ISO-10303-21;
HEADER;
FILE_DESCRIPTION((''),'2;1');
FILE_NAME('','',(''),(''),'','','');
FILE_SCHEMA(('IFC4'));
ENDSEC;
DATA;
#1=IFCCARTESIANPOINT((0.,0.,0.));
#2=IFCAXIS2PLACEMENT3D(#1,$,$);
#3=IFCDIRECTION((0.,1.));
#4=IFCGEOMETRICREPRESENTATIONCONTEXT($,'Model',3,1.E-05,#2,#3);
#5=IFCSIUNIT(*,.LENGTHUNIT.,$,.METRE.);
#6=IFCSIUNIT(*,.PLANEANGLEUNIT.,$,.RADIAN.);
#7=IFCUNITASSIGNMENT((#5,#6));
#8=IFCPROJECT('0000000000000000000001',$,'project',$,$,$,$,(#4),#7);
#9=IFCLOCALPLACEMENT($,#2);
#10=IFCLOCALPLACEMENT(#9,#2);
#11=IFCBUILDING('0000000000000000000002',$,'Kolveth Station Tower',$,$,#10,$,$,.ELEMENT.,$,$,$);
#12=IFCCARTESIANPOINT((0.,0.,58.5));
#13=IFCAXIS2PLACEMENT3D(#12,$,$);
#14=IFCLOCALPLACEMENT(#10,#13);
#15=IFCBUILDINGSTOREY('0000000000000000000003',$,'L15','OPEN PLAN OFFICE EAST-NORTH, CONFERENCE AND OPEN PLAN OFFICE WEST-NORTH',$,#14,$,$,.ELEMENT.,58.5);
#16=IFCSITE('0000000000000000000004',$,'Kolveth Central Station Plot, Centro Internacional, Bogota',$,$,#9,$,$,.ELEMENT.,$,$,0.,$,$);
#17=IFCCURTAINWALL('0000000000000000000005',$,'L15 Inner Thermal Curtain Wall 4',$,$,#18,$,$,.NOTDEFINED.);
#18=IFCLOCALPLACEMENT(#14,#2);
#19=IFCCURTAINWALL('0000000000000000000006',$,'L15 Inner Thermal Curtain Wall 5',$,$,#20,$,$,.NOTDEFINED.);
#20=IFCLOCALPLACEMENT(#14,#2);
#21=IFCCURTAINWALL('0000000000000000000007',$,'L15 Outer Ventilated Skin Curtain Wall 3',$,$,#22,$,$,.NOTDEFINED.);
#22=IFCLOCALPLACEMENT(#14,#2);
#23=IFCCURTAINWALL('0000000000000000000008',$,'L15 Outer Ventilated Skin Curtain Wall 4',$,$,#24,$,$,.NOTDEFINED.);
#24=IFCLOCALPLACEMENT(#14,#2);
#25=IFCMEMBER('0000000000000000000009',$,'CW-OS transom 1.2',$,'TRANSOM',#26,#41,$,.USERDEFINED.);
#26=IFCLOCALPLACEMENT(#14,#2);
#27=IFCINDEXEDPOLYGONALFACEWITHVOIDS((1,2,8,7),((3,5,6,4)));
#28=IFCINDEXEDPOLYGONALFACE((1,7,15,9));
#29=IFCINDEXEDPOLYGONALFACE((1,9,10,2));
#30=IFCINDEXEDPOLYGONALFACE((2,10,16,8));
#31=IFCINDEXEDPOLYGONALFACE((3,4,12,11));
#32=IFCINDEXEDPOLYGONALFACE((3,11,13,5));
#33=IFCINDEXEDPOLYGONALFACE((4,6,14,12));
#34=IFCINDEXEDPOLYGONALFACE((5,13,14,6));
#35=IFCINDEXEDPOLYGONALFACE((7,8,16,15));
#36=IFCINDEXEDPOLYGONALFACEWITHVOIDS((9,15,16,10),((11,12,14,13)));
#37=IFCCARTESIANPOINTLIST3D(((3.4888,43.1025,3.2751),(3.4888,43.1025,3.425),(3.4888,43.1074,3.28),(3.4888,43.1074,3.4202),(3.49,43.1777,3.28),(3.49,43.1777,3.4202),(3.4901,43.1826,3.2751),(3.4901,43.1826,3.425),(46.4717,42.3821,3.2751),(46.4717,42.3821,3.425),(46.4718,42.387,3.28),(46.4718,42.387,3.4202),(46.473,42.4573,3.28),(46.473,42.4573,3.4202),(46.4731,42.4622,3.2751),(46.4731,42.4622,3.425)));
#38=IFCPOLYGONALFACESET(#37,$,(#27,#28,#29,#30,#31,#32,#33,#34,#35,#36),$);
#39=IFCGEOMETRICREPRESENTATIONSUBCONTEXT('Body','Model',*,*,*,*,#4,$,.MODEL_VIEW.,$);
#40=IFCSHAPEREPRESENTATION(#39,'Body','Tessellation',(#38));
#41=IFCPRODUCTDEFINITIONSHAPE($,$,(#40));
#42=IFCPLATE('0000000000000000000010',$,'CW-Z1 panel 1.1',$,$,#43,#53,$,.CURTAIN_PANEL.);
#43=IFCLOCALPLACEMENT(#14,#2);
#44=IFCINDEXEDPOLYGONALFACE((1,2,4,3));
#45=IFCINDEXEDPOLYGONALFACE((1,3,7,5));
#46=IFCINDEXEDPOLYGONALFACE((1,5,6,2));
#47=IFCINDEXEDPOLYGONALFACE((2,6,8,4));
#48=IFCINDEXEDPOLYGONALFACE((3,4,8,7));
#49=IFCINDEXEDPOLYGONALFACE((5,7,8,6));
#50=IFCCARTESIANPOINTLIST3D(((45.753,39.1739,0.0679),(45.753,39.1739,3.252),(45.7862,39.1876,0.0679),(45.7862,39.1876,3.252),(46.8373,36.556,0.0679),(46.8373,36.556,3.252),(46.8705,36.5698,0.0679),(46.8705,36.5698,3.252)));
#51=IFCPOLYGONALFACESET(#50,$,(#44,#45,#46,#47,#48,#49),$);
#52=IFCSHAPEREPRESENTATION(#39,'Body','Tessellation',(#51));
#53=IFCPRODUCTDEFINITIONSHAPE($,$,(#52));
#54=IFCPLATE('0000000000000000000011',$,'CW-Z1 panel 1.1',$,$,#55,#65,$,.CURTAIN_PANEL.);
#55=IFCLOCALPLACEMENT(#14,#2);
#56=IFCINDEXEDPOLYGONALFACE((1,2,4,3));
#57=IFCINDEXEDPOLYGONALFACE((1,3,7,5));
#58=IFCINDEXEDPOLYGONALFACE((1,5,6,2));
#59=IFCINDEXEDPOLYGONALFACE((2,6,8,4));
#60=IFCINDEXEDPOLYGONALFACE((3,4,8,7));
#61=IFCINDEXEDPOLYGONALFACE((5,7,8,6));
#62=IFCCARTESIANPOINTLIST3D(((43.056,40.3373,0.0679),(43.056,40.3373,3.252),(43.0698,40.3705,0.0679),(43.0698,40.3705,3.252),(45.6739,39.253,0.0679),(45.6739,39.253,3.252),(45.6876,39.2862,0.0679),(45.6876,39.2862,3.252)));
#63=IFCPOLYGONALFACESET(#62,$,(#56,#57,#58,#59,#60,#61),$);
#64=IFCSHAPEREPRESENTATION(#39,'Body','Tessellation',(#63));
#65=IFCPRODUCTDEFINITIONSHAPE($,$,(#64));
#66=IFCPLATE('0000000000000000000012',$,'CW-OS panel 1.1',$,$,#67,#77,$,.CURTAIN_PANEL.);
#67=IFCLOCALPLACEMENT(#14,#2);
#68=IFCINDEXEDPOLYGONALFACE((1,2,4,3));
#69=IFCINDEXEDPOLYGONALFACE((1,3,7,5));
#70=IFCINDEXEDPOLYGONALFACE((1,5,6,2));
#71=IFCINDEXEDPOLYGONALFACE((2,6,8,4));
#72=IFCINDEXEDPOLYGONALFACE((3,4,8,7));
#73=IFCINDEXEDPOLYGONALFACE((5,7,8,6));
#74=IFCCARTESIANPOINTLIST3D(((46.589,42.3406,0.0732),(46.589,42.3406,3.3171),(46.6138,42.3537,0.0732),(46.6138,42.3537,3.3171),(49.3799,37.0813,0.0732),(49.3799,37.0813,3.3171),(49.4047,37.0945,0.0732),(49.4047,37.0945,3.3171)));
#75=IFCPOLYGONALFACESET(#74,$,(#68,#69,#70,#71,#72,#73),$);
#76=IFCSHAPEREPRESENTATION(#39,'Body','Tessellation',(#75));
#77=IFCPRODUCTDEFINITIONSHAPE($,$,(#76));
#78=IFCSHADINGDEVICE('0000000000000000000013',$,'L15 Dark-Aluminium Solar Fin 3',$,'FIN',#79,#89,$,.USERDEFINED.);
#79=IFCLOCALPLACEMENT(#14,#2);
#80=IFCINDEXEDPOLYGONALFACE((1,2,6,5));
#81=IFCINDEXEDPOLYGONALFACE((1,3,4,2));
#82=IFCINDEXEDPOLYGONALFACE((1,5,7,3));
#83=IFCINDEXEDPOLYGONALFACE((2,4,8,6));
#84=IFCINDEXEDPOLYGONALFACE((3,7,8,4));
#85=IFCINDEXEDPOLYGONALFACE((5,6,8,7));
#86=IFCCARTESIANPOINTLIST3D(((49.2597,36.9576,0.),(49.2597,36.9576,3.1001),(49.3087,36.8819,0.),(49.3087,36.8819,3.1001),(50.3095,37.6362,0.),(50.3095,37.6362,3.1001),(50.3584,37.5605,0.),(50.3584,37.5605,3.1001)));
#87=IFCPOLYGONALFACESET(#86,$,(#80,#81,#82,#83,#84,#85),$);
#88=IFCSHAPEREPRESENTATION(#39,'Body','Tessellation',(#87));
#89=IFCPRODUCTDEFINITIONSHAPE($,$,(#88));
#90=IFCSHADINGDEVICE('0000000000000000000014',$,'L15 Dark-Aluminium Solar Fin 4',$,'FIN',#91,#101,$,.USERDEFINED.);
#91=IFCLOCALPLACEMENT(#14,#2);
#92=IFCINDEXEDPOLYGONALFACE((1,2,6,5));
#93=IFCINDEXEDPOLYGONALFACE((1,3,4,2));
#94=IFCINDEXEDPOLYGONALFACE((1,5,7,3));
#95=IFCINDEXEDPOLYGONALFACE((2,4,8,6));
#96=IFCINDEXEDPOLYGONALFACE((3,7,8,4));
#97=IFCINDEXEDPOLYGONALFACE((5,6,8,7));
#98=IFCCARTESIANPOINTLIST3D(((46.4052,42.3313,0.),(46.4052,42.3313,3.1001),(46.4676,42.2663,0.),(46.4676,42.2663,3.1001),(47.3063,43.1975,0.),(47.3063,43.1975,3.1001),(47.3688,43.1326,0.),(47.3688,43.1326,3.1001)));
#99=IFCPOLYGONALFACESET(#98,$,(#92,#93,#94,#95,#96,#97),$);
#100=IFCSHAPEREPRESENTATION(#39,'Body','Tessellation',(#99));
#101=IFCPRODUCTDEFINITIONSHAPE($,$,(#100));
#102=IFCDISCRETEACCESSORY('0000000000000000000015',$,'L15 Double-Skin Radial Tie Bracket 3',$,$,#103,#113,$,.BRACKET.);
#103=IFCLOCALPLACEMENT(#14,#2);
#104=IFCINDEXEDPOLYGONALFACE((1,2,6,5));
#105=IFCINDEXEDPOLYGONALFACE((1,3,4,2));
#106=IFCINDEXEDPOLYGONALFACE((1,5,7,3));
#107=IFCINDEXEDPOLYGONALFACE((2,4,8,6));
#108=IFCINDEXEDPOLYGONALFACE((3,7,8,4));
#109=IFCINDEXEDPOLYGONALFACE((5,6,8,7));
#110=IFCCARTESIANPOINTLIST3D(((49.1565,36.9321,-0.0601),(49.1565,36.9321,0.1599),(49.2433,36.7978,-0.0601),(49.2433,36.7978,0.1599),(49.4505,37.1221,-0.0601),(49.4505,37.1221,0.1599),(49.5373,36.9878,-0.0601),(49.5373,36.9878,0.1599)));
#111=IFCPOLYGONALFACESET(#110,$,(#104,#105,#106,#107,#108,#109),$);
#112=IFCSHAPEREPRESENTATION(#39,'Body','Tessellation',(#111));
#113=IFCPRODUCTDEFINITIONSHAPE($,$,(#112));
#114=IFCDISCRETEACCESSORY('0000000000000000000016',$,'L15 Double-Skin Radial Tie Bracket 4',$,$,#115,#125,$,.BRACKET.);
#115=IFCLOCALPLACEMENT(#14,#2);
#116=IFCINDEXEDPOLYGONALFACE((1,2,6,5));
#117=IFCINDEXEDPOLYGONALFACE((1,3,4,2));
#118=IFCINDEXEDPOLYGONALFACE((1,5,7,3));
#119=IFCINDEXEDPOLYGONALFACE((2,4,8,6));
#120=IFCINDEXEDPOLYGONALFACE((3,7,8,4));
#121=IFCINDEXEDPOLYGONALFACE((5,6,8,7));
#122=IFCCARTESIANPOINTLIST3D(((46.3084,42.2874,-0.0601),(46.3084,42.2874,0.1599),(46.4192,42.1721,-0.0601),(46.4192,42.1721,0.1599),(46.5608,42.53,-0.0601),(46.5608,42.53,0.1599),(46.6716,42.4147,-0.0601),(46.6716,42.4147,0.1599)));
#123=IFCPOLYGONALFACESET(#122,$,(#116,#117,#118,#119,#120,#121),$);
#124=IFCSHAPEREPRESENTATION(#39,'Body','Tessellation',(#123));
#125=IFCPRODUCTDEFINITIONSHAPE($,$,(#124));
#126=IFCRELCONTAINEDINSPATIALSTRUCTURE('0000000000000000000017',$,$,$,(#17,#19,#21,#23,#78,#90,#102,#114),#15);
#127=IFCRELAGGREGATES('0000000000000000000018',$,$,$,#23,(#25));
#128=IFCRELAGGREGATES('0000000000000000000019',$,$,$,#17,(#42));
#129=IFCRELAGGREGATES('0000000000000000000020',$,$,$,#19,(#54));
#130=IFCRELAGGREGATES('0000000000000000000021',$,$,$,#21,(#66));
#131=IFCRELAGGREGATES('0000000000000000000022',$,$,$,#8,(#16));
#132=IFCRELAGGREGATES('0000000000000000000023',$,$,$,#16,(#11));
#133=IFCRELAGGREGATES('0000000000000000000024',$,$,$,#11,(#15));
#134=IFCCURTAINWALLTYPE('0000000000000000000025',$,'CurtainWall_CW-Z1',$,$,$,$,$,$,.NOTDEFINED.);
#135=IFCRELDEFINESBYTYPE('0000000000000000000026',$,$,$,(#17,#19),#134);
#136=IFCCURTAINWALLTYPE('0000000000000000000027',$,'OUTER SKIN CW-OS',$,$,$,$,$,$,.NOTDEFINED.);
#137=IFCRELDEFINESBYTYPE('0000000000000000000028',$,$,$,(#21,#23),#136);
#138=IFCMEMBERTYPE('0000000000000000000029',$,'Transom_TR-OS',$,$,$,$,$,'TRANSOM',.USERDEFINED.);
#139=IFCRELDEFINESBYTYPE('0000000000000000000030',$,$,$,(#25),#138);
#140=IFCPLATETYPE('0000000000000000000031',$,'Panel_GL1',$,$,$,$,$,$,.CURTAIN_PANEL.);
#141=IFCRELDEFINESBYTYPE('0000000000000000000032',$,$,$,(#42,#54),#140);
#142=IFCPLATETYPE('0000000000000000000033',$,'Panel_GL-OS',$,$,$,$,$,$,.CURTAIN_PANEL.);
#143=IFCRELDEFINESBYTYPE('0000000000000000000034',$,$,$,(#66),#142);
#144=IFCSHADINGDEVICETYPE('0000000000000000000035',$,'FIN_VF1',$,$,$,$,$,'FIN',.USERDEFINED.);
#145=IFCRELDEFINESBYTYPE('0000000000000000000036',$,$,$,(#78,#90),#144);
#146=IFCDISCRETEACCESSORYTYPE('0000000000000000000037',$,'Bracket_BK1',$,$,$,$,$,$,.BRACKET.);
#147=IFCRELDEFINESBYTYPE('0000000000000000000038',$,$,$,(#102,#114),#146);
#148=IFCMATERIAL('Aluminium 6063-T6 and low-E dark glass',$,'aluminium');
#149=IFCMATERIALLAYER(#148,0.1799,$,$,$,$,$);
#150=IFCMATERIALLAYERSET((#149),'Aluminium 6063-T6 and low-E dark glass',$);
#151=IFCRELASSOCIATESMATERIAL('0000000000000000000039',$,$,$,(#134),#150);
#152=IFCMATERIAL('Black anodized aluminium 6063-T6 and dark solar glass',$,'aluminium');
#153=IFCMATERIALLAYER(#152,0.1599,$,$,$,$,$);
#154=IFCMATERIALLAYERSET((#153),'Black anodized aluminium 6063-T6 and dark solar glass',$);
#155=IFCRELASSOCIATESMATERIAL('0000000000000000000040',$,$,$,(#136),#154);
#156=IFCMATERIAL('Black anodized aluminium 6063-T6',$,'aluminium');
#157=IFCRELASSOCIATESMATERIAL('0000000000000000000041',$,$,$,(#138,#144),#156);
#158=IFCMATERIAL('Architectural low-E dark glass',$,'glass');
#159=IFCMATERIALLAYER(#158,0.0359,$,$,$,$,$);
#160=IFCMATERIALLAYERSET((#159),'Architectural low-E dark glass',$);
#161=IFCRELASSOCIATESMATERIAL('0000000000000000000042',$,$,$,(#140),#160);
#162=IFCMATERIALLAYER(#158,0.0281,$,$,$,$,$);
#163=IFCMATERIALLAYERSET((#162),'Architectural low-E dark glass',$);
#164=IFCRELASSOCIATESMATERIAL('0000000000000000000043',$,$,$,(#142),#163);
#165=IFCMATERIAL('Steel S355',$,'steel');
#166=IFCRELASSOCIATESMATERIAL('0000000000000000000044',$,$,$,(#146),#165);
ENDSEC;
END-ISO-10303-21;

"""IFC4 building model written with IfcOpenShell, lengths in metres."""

from ifc_helpers import new_model, si_unit, direction, frame, origin, origin_2d, place, context, subcontext, project, spatial, rectangle, hollow_rectangle, extrude, source, transform, mapped, material, layer, layer_set, material_profile, profile_set, type_object, element, aggregate, save


model = new_model("IFC4")

# Units and contexts
model_context = context("Model", 3, precision=1e-05, world=origin(), true_north=direction((0.0, 1.0)))
body_context = subcontext(model_context, "Body", "Model", "MODEL_VIEW")
ifc_project = project(units=[si_unit("LENGTHUNIT", "METRE"), si_unit("PLANEANGLEUNIT", "RADIAN")], contexts=[model_context])

# Site, building, storey
site_placement = place(None, origin())
site = spatial("IfcSite", under=ifc_project, at=site_placement, Name="Kolveth Central Station Plot, Centro Internacional, Bogota", CompositionType="ELEMENT", RefElevation=0.0)
building_placement = place(site_placement, origin())
building = spatial("IfcBuilding", under=site, at=building_placement, Name="Kolveth Station Tower", CompositionType="ELEMENT")
storey_placement = place(building_placement, frame((0.0, 0.0, 58.5)))
storey = spatial("IfcBuildingStorey", under=building, at=storey_placement, Name="L15", Description="OPEN PLAN OFFICE EAST-NORTH, CONFERENCE AND OPEN PLAN OFFICE WEST-NORTH", CompositionType="ELEMENT", Elevation=58.5)

# Shared definitions
ifc_material_1 = material(Name="Steel S355", Category="steel")

# Curtain wall
ifc_material_2 = material(Name="Aluminium 6063-T6 and low-E dark glass", Category="aluminium")
ifc_layer_1 = layer(ifc_material_2, 0.1799)
ifc_layer_set_1 = layer_set([ifc_layer_1], Name="Aluminium 6063-T6 and low-E dark glass")
curtain_wall_type_1 = type_object("IfcCurtainWallType", Name="CurtainWall_CW-Z1", PredefinedType="NOTDEFINED", material=ifc_layer_set_1)
curtain_wall_1_placement = place(storey_placement, origin())
curtain_wall_1 = element("IfcCurtainWall", 1, at=curtain_wall_1_placement, inside=storey, type_object=curtain_wall_type_1, Name="L15 Inner Thermal Curtain Wall 4", PredefinedType="NOTDEFINED")
ifc_material_3 = material(Name="Black anodized aluminium 6063-T6", Category="aluminium")

# Curtain wall
curtain_wall_2_placement = place(storey_placement, origin())
curtain_wall_2 = element("IfcCurtainWall", 2, at=curtain_wall_2_placement, inside=storey, type_object=curtain_wall_type_1, Name="L15 Inner Thermal Curtain Wall 5", PredefinedType="NOTDEFINED")

# Shared definitions
ifc_material_4 = material(Name="Black anodized aluminium 6063-T6 and dark solar glass", Category="aluminium")
ifc_layer_2 = layer(ifc_material_4, 0.1599)
ifc_layer_set_2 = layer_set([ifc_layer_2], Name="Black anodized aluminium 6063-T6 and dark solar glass")
curtain_wall_type_2 = type_object("IfcCurtainWallType", Name="OUTER SKIN CW-OS", PredefinedType="NOTDEFINED", material=ifc_layer_set_2)

# Curtain wall
curtain_wall_3_placement = place(storey_placement, origin())
curtain_wall_3 = element("IfcCurtainWall", 3, at=curtain_wall_3_placement, inside=storey, type_object=curtain_wall_type_2, Name="L15 Outer Ventilated Skin Curtain Wall 3", PredefinedType="NOTDEFINED")

# Curtain wall
curtain_wall_4_placement = place(storey_placement, origin())
curtain_wall_4 = element("IfcCurtainWall", 4, at=curtain_wall_4_placement, inside=storey, type_object=curtain_wall_type_2, Name="L15 Outer Ventilated Skin Curtain Wall 4", PredefinedType="NOTDEFINED")

# Member
ifc_material_profile_1 = material_profile(ifc_material_3, hollow_rectangle(XDim=0.0801, YDim=0.1499, WallThickness=0.0049, at=origin_2d()), Name="ALU-80x150x5")
ifc_profile_set_1 = profile_set([ifc_material_profile_1], Name="Black anodized aluminium 6063-T6")
member_type_1 = type_object("IfcMemberType", Name="Transom_TR-OS", ElementType="TRANSOM", PredefinedType="USERDEFINED", material=ifc_profile_set_1)
shared_shape_1 = source(origin(), body_context, "Body", "SweptSolid", [
    extrude(hollow_rectangle(XDim=0.0801, YDim=0.1499, WallThickness=0.0049, at=origin_2d()), origin(), (0.0, 0.0, 1.0), 42.989),
])
member_1_placement = place(storey_placement, frame((46.4724, 42.4221, 3.3501), z_axis=(-0.99986, 0.016759, 0.0), x_axis=(-0.016759, -0.99986, 0.0)))
member_1 = element("IfcMember", 5, at=member_1_placement, type_object=member_type_1, Name="CW-OS transom 1.2", ObjectType="TRANSOM", PredefinedType="USERDEFINED", context=body_context, shape_type="MappedRepresentation", body=[
    mapped(shared_shape_1, transform((0.0, 0.0, 0.0), x_axis=(1.0, 0.0, 0.0), y_axis=(0.0, 1.0, 0.0), z_axis=(0.0, 0.0, 1.0), scale=1.0)),
])
aggregate(curtain_wall_4, [member_1])

# Plates
ifc_material_5 = material(Name="Architectural low-E dark glass", Category="glass")
ifc_layer_3 = layer(ifc_material_5, 0.0359)
ifc_layer_set_3 = layer_set([ifc_layer_3], Name="Architectural low-E dark glass")
plate_type_1 = type_object("IfcPlateType", Name="Panel_GL1", PredefinedType="CURTAIN_PANEL", material=ifc_layer_set_3)
shared_shape_2 = source(origin(), body_context, "Body", "SweptSolid", [
    extrude(rectangle(XDim=2.8335, YDim=0.0359, at=origin_2d()), origin(), (0.0, 0.0, 1.0), 3.1841),
])
plate_1_placement = place(storey_placement, frame((46.3118, 37.8718, 0.0679), z_axis=(0.0, 0.0, 1.0), x_axis=(-0.382673, 0.923884, 0.0)))
plate_1 = element("IfcPlate", 6, at=plate_1_placement, type_object=plate_type_1, Name="CW-Z1 panel 1.1", PredefinedType="CURTAIN_PANEL", context=body_context, shape_type="MappedRepresentation", body=[
    mapped(shared_shape_2, transform((0.0, 0.0, 0.0), x_axis=(1.0, 0.0, 0.0), y_axis=(0.0, 1.0, 0.0), z_axis=(0.0, 0.0, 1.0), scale=1.0)),
])
aggregate(curtain_wall_1, [plate_1])
plate_2_placement = place(storey_placement, frame((44.3718, 39.8118, 0.0679), z_axis=(0.0, 0.0, 1.0), x_axis=(-0.923884, 0.382673, 0.0)))
plate_2 = element("IfcPlate", 7, at=plate_2_placement, type_object=plate_type_1, Name="CW-Z1 panel 1.1", PredefinedType="CURTAIN_PANEL", context=body_context, shape_type="MappedRepresentation", body=[
    mapped(shared_shape_2, transform((0.0, 0.0, 0.0), x_axis=(1.0, 0.0, 0.0), y_axis=(0.0, 1.0, 0.0), z_axis=(0.0, 0.0, 1.0), scale=1.0)),
])
aggregate(curtain_wall_2, [plate_2])
ifc_layer_4 = layer(ifc_material_5, 0.0281)
ifc_layer_set_4 = layer_set([ifc_layer_4], Name="Architectural low-E dark glass")
plate_type_2 = type_object("IfcPlateType", Name="Panel_GL-OS", PredefinedType="CURTAIN_PANEL", material=ifc_layer_set_4)
shared_shape_3 = source(origin(), body_context, "Body", "SweptSolid", [
    extrude(rectangle(XDim=5.9539, YDim=0.0281, at=origin_2d()), origin(), (0.0, 0.0, 1.0), 3.2439),
])
plate_3_placement = place(storey_placement, frame((47.9968, 39.7175, 0.0732), z_axis=(0.0, 0.0, 1.0), x_axis=(-0.468749, 0.883331, 0.0)))
plate_3 = element("IfcPlate", 8, at=plate_3_placement, type_object=plate_type_2, Name="CW-OS panel 1.1", PredefinedType="CURTAIN_PANEL", context=body_context, shape_type="MappedRepresentation", body=[
    mapped(shared_shape_3, transform((0.0, 0.0, 0.0), x_axis=(1.0, 0.0, 0.0), y_axis=(0.0, 1.0, 0.0), z_axis=(0.0, 0.0, 1.0), scale=1.0)),
])
aggregate(curtain_wall_3, [plate_3])

# Shading devices
shading_device_type = type_object("IfcShadingDeviceType", Name="FIN_VF1", ElementType="FIN", PredefinedType="USERDEFINED", material=ifc_material_3)
shared_shape_4 = source(origin(), body_context, "Body", "SweptSolid", [
    extrude(rectangle(XDim=1.25, YDim=0.0901, at=origin_2d()), origin(), (0.0, 0.0, 1.0), 3.1001),
])
for number, where, z_axis, x_axis, name in (
    (9, (49.8091, 37.259, 0.0), (0.0, 0.0, 1.0), (0.839809, 0.542881, 0.0), "L15 Dark-Aluminium Solar Fin 3"),
    (10, (46.887, 42.7319, 0.0), (0.0, 0.0, 1.0), (0.720914, 0.693024, 0.0), "L15 Dark-Aluminium Solar Fin 4"),
):
    element("IfcShadingDevice", number, at=place(storey_placement, frame(where, z_axis=z_axis, x_axis=x_axis)), inside=storey, type_object=shading_device_type, Name=name, ObjectType="FIN", PredefinedType="USERDEFINED", context=body_context, shape_type="MappedRepresentation", body=[
        mapped(shared_shape_4, transform((0.0, 0.0, 0.0), x_axis=(1.0, 0.0, 0.0), y_axis=(0.0, 1.0, 0.0), z_axis=(0.0, 0.0, 1.0), scale=1.0)),
    ])

# Discrete accessories
discrete_accessory_type = type_object("IfcDiscreteAccessoryType", Name="Bracket_BK1", PredefinedType="BRACKET", material=ifc_material_1)
shared_shape_5 = source(origin(), body_context, "Body", "SweptSolid", [
    extrude(rectangle(XDim=0.3501, YDim=0.1599, at=origin_2d()), origin(), (0.0, 0.0, 1.0), 0.22),
])
for number, where, z_axis, x_axis, name in (
    (11, (49.3469, 36.96, -0.0601), (0.0, 0.0, 1.0), (0.839809, 0.542881, 0.0), "L15 Double-Skin Radial Tie Bracket 3"),
    (12, (46.49, 42.3511, -0.0601), (0.0, 0.0, 1.0), (0.720914, 0.693024, 0.0), "L15 Double-Skin Radial Tie Bracket 4"),
):
    element("IfcDiscreteAccessory", number, at=place(storey_placement, frame(where, z_axis=z_axis, x_axis=x_axis)), inside=storey, type_object=discrete_accessory_type, Name=name, PredefinedType="BRACKET", context=body_context, shape_type="MappedRepresentation", body=[
        mapped(shared_shape_5, transform((0.0, 0.0, 0.0), x_axis=(1.0, 0.0, 0.0), y_axis=(0.0, 1.0, 0.0), z_axis=(0.0, 0.0, 1.0), scale=1.0)),
    ])

save(model, "model.ifc")
